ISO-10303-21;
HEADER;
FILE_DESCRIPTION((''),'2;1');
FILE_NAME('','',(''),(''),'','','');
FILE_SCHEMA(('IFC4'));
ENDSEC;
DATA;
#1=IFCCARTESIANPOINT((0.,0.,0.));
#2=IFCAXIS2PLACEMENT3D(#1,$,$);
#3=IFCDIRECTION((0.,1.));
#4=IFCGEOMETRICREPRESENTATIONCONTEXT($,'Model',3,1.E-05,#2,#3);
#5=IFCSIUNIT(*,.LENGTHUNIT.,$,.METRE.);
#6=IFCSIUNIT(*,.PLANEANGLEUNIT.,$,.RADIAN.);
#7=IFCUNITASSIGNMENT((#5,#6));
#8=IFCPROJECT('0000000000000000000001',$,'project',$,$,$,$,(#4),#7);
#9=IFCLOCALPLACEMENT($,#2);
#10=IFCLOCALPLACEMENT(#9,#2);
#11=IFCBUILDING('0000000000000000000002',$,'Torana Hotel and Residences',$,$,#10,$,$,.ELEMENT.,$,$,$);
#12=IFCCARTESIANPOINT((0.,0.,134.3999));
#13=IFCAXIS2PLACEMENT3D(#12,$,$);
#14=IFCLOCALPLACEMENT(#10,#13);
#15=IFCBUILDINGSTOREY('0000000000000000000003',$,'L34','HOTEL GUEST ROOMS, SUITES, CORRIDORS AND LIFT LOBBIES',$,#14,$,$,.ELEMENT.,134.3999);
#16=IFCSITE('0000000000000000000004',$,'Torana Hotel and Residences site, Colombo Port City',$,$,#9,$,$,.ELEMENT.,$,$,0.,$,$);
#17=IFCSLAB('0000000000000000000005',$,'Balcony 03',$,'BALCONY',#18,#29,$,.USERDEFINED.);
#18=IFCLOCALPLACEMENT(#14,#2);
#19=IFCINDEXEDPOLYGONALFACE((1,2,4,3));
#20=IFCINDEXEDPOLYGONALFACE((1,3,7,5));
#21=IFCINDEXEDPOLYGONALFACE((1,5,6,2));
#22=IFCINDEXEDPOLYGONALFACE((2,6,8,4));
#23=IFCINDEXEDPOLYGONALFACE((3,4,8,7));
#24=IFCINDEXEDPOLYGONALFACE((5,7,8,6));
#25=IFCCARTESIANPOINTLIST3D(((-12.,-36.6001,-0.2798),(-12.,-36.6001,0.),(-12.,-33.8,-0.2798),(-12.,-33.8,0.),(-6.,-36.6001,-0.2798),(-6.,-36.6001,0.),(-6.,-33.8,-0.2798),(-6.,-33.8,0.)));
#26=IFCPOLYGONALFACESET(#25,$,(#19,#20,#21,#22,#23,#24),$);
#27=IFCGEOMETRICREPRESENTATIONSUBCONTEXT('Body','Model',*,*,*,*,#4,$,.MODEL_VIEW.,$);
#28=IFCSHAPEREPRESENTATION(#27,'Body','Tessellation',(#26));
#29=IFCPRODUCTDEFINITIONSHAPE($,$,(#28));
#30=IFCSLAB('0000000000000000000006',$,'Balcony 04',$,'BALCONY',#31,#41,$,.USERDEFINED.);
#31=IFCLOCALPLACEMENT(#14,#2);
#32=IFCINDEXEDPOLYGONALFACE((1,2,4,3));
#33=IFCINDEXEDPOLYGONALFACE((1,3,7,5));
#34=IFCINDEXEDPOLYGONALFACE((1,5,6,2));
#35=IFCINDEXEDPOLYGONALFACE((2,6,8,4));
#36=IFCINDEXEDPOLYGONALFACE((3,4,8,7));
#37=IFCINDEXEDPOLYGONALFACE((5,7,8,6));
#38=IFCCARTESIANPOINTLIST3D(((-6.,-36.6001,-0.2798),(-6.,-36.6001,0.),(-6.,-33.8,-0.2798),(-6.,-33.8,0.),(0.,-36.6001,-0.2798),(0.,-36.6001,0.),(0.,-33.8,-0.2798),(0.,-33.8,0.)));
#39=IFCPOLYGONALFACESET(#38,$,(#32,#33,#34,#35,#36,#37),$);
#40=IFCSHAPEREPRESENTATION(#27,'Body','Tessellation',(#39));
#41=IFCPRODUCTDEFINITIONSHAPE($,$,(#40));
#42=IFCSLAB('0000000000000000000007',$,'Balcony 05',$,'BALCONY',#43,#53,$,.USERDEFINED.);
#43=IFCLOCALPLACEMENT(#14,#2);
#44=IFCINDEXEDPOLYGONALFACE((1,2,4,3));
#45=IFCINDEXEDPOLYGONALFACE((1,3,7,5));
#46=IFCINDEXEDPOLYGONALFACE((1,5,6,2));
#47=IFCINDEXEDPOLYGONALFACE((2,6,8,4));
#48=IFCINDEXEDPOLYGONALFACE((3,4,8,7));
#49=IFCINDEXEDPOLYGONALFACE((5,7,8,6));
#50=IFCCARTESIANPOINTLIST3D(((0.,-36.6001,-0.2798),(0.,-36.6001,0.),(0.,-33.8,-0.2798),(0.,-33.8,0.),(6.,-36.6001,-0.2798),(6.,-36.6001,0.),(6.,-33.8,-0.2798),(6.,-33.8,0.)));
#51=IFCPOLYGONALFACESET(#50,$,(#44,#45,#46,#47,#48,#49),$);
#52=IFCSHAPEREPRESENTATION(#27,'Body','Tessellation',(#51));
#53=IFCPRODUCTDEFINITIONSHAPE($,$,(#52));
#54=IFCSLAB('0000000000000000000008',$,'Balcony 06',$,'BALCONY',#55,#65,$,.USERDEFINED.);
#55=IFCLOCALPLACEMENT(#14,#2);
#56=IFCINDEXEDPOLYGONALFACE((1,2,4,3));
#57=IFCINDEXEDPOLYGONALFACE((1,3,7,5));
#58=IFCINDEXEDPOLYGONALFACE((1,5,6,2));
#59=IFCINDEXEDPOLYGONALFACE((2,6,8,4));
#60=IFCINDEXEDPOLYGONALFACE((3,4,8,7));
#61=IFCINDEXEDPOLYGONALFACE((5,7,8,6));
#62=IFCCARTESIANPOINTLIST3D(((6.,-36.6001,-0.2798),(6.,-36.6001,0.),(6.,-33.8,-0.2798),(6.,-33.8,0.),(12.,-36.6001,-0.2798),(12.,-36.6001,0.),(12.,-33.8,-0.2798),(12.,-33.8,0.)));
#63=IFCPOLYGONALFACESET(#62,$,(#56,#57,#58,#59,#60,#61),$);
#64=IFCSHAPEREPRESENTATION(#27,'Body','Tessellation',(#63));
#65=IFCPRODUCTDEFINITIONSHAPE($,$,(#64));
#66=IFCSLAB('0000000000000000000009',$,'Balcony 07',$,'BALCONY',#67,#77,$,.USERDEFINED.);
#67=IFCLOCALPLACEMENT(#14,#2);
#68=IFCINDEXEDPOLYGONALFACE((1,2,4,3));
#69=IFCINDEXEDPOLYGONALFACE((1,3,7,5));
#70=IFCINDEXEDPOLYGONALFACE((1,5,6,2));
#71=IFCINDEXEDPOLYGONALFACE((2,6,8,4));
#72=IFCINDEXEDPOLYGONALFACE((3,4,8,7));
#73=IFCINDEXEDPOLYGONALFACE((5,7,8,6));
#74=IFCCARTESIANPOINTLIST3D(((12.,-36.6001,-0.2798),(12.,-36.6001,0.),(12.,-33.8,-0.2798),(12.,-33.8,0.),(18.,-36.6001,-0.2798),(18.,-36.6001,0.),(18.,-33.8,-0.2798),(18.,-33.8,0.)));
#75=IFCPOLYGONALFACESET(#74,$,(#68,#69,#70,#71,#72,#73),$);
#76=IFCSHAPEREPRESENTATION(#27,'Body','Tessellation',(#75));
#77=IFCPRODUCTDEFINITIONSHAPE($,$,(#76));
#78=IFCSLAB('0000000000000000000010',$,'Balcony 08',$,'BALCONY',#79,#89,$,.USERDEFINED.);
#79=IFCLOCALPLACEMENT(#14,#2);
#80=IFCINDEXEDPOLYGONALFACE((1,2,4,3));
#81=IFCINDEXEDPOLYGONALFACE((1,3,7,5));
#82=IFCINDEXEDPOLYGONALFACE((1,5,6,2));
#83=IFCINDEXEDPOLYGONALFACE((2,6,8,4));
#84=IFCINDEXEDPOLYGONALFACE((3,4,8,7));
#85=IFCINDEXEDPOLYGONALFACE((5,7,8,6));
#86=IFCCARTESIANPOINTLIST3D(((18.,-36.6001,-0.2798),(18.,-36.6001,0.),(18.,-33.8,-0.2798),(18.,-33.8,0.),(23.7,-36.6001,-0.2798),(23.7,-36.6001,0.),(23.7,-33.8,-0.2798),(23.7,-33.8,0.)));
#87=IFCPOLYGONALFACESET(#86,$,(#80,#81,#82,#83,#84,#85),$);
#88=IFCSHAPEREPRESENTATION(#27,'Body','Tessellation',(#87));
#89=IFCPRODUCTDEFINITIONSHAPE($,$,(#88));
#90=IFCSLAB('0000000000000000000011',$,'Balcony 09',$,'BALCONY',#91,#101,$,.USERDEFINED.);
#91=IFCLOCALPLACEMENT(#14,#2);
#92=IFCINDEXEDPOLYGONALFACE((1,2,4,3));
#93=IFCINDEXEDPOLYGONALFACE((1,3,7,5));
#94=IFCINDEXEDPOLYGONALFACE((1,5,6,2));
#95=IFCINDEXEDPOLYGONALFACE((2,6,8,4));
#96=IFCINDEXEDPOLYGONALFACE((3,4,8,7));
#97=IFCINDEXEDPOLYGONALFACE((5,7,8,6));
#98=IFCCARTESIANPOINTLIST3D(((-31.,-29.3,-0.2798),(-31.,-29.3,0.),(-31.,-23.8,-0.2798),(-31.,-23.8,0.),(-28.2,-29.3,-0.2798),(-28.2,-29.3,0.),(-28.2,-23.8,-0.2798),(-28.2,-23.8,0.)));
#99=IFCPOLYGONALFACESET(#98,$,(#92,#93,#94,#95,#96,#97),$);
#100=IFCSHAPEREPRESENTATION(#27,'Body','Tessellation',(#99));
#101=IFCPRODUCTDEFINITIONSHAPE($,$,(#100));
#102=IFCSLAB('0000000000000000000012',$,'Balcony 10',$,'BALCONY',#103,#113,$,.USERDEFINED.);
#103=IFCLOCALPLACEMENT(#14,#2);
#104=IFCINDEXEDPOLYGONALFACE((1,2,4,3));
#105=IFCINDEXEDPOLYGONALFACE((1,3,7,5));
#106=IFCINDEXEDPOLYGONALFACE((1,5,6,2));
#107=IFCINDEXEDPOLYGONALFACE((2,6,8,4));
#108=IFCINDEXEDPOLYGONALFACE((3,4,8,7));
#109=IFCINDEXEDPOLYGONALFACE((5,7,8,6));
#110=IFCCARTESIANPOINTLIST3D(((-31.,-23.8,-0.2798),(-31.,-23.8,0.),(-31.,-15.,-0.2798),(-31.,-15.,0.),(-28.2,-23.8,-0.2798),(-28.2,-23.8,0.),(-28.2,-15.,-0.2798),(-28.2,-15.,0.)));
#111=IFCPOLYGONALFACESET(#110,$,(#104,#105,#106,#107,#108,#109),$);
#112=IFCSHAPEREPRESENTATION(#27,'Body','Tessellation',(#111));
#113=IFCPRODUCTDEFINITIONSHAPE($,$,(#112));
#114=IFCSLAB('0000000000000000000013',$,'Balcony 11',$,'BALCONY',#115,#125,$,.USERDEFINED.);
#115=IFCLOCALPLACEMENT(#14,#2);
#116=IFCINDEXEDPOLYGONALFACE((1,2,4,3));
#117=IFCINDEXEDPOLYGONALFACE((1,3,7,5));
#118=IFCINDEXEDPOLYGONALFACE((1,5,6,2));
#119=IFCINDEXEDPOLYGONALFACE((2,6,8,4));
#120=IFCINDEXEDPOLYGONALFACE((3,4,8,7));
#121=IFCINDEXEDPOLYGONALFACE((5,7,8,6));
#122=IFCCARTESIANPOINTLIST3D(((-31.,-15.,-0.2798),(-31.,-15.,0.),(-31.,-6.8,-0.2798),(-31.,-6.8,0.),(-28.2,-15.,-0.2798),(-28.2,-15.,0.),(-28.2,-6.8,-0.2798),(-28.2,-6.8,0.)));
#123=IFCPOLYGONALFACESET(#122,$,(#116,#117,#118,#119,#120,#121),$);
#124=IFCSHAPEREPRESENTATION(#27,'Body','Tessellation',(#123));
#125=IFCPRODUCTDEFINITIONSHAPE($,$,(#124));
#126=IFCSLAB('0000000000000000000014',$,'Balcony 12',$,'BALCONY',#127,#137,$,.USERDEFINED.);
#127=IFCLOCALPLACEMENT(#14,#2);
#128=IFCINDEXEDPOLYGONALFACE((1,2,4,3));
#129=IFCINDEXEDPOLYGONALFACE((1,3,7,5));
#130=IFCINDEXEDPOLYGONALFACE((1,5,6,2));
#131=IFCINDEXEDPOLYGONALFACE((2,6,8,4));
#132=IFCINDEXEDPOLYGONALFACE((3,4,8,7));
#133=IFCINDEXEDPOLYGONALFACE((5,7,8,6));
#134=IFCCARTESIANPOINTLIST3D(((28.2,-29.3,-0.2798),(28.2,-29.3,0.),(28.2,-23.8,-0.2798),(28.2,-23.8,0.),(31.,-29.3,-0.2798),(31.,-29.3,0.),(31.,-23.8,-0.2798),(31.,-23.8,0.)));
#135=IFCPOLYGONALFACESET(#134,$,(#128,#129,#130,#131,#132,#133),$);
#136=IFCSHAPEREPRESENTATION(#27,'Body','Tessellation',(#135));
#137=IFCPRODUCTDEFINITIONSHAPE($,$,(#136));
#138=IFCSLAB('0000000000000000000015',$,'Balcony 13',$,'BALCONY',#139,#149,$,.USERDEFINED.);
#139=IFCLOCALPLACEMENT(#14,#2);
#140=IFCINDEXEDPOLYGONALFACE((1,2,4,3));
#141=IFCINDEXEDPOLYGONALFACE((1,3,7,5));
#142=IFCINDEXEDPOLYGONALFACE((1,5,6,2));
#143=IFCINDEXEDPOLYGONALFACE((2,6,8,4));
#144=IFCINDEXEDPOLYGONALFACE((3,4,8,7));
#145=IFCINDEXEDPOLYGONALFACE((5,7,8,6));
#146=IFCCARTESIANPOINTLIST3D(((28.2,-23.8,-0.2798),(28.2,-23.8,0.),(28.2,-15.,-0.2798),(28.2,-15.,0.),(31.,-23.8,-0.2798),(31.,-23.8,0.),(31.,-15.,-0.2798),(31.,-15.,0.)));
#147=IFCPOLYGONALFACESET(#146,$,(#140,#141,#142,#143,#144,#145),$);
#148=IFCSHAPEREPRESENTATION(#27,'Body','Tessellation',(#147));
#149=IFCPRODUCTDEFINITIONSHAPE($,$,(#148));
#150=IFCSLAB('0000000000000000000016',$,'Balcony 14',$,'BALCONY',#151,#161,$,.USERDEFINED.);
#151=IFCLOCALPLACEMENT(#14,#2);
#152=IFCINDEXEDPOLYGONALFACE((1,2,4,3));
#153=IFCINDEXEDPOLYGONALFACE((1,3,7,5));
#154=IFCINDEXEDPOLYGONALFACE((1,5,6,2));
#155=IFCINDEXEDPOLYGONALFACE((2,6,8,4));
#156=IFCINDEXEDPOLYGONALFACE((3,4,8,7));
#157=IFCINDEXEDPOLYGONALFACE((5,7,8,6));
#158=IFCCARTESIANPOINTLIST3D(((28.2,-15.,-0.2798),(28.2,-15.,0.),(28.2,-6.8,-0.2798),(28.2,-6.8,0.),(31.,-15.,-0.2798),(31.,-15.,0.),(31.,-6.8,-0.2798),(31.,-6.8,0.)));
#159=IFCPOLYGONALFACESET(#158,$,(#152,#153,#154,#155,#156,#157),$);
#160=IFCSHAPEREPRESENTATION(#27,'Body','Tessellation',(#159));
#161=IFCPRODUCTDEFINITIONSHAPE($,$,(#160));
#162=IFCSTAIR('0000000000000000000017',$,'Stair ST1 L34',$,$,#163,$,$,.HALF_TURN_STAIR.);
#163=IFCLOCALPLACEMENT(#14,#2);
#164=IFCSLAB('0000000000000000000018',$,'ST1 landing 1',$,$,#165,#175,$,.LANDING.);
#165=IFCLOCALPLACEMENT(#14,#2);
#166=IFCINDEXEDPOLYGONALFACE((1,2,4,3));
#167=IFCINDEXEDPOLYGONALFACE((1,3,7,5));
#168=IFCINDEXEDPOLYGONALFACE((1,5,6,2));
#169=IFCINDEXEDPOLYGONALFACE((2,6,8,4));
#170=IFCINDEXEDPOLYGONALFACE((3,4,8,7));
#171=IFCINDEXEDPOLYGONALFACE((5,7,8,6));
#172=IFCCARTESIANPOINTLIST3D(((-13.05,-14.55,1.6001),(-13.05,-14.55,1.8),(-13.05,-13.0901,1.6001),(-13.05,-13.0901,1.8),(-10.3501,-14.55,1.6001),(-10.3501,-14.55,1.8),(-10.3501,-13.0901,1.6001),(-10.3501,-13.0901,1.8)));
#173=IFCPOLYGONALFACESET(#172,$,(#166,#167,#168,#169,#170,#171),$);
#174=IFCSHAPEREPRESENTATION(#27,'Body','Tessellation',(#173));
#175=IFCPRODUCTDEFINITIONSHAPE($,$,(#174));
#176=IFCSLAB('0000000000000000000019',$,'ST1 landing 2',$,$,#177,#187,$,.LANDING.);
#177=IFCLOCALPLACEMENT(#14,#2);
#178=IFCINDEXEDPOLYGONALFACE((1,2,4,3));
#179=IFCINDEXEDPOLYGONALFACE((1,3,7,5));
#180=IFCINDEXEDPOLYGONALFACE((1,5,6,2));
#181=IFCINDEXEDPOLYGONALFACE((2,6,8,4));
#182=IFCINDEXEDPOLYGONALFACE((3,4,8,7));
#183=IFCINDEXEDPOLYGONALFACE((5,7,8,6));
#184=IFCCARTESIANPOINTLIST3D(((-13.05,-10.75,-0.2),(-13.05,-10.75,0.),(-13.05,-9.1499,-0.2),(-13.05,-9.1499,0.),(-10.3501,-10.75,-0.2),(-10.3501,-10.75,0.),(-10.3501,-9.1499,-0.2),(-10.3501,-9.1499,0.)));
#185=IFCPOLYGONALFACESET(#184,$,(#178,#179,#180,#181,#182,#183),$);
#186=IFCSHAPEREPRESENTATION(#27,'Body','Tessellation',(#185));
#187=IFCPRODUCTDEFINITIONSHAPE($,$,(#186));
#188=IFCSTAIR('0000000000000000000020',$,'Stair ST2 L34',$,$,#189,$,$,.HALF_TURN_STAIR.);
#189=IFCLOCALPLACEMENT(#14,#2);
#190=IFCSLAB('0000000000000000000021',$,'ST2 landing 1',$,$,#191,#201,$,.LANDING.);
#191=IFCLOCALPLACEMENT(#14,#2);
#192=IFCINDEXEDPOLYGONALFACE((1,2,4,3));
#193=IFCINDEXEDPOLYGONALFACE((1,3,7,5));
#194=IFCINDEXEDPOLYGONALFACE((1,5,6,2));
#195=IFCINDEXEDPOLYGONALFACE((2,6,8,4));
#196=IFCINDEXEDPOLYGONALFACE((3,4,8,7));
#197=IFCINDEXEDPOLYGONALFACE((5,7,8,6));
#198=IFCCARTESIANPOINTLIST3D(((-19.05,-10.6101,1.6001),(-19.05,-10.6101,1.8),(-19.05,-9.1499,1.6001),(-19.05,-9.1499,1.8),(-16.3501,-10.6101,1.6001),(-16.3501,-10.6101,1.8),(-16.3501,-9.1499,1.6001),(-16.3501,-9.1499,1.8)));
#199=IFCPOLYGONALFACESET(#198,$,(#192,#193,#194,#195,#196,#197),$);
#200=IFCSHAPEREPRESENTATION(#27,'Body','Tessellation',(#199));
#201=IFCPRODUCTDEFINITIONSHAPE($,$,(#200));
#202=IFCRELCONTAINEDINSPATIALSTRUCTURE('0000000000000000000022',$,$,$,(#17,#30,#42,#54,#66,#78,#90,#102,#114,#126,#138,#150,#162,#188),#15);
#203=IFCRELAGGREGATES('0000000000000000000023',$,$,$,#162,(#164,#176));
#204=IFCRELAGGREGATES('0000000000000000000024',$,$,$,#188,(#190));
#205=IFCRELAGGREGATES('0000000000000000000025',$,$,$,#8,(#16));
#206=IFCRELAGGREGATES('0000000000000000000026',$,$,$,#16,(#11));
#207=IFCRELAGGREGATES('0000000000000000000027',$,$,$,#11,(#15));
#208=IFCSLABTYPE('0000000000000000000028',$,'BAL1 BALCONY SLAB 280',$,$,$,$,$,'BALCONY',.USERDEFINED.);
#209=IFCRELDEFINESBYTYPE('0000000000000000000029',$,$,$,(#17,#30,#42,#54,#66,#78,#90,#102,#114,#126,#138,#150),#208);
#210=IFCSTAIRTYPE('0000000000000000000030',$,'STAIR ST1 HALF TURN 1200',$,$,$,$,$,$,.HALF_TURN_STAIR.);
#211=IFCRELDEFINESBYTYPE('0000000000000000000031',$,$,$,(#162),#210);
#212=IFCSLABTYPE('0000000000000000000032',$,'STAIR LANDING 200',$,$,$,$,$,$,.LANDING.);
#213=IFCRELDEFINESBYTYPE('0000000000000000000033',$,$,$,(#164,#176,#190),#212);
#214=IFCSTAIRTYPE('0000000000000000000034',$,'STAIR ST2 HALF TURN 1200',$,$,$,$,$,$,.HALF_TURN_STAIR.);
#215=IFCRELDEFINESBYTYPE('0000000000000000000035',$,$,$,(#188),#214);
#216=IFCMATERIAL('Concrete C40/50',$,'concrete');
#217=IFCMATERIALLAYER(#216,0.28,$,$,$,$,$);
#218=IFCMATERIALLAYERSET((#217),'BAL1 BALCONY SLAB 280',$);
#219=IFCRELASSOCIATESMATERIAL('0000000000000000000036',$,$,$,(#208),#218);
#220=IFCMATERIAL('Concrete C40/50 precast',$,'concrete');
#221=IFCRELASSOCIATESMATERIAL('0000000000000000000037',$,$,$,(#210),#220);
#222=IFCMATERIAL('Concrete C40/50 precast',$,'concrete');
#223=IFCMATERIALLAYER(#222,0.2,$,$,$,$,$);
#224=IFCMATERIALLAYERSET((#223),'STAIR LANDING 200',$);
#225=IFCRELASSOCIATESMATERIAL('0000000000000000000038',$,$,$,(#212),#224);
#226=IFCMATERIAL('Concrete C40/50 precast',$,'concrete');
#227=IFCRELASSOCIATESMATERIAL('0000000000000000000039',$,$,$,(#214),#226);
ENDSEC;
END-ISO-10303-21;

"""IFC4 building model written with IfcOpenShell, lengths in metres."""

from ifc_helpers import new_model, si_unit, direction, frame, origin, place, context, subcontext, project, spatial, polyline, outline, extrude, material, layer, layer_set, type_object, element, aggregate, save


model = new_model("IFC4")

# Units and contexts
model_context = context("Model", 3, precision=1e-05, world=origin(), true_north=direction((0.0, 1.0)))
body_context = subcontext(model_context, "Body", "Model", "MODEL_VIEW")
ifc_project = project(units=[si_unit("LENGTHUNIT", "METRE"), si_unit("PLANEANGLEUNIT", "RADIAN")], contexts=[model_context])

# Site, building, storey
site_placement = place(None, origin())
site = spatial("IfcSite", under=ifc_project, at=site_placement, Name="Torana Hotel and Residences site, Colombo Port City", CompositionType="ELEMENT", RefElevation=0.0)
building_placement = place(site_placement, origin())
building = spatial("IfcBuilding", under=site, at=building_placement, Name="Torana Hotel and Residences", CompositionType="ELEMENT")
storey_placement = place(building_placement, frame((0.0, 0.0, 134.3999)))
storey = spatial("IfcBuildingStorey", under=building, at=storey_placement, Name="L34", Description="HOTEL GUEST ROOMS, SUITES, CORRIDORS AND LIFT LOBBIES", CompositionType="ELEMENT", Elevation=134.3999)

# Slabs
ifc_material_1 = material(Name="Concrete C40/50", Category="concrete")
ifc_layer_1 = layer(ifc_material_1, 0.28)
ifc_layer_set_1 = layer_set([ifc_layer_1], Name="BAL1 BALCONY SLAB 280")
slab_type_1 = type_object("IfcSlabType", Name="BAL1 BALCONY SLAB 280", ElementType="BALCONY", PredefinedType="USERDEFINED", material=ifc_layer_set_1)
slab_1_placement = place(storey_placement, frame((0.0, 0.0, -0.2798)))
element("IfcSlab", 1, at=slab_1_placement, inside=storey, type_object=slab_type_1, Name="Balcony 03", ObjectType="BALCONY", PredefinedType="USERDEFINED", context=body_context, shape_type="SweptSolid", body=[
    extrude(outline(polyline([(-12.0, -36.6001), (-6.0, -36.6001), (-6.0, -33.8), (-12.0, -33.8), (-12.0, -36.6001)])), origin(), (0.0, 0.0, 1.0), 0.2798),
])
slab_2_placement = place(storey_placement, frame((0.0, 0.0, -0.2798)))
element("IfcSlab", 2, at=slab_2_placement, inside=storey, type_object=slab_type_1, Name="Balcony 04", ObjectType="BALCONY", PredefinedType="USERDEFINED", context=body_context, shape_type="SweptSolid", body=[
    extrude(outline(polyline([(-6.0, -36.6001), (0.0, -36.6001), (0.0, -33.8), (-6.0, -33.8), (-6.0, -36.6001)])), origin(), (0.0, 0.0, 1.0), 0.2798),
])
slab_3_placement = place(storey_placement, frame((0.0, 0.0, -0.2798)))
element("IfcSlab", 3, at=slab_3_placement, inside=storey, type_object=slab_type_1, Name="Balcony 05", ObjectType="BALCONY", PredefinedType="USERDEFINED", context=body_context, shape_type="SweptSolid", body=[
    extrude(outline(polyline([(0.0, -36.6001), (6.0, -36.6001), (6.0, -33.8), (0.0, -33.8), (0.0, -36.6001)])), origin(), (0.0, 0.0, 1.0), 0.2798),
])
slab_4_placement = place(storey_placement, frame((0.0, 0.0, -0.2798)))
element("IfcSlab", 4, at=slab_4_placement, inside=storey, type_object=slab_type_1, Name="Balcony 06", ObjectType="BALCONY", PredefinedType="USERDEFINED", context=body_context, shape_type="SweptSolid", body=[
    extrude(outline(polyline([(6.0, -36.6001), (12.0, -36.6001), (12.0, -33.8), (6.0, -33.8), (6.0, -36.6001)])), origin(), (0.0, 0.0, 1.0), 0.2798),
])
slab_5_placement = place(storey_placement, frame((0.0, 0.0, -0.2798)))
element("IfcSlab", 5, at=slab_5_placement, inside=storey, type_object=slab_type_1, Name="Balcony 07", ObjectType="BALCONY", PredefinedType="USERDEFINED", context=body_context, shape_type="SweptSolid", body=[
    extrude(outline(polyline([(12.0, -36.6001), (18.0, -36.6001), (18.0, -33.8), (12.0, -33.8), (12.0, -36.6001)])), origin(), (0.0, 0.0, 1.0), 0.2798),
])
slab_6_placement = place(storey_placement, frame((0.0, 0.0, -0.2798)))
element("IfcSlab", 6, at=slab_6_placement, inside=storey, type_object=slab_type_1, Name="Balcony 08", ObjectType="BALCONY", PredefinedType="USERDEFINED", context=body_context, shape_type="SweptSolid", body=[
    extrude(outline(polyline([(18.0, -36.6001), (23.7, -36.6001), (23.7, -33.8), (18.0, -33.8), (18.0, -36.6001)])), origin(), (0.0, 0.0, 1.0), 0.2798),
])
slab_7_placement = place(storey_placement, frame((0.0, 0.0, -0.2798)))
element("IfcSlab", 7, at=slab_7_placement, inside=storey, type_object=slab_type_1, Name="Balcony 09", ObjectType="BALCONY", PredefinedType="USERDEFINED", context=body_context, shape_type="SweptSolid", body=[
    extrude(outline(polyline([(-31.0, -29.3), (-28.2, -29.3), (-28.2, -23.8), (-31.0, -23.8), (-31.0, -29.3)])), origin(), (0.0, 0.0, 1.0), 0.2798),
])
slab_8_placement = place(storey_placement, frame((0.0, 0.0, -0.2798)))
element("IfcSlab", 8, at=slab_8_placement, inside=storey, type_object=slab_type_1, Name="Balcony 10", ObjectType="BALCONY", PredefinedType="USERDEFINED", context=body_context, shape_type="SweptSolid", body=[
    extrude(outline(polyline([(-31.0, -23.8), (-28.2, -23.8), (-28.2, -15.0), (-31.0, -15.0), (-31.0, -23.8)])), origin(), (0.0, 0.0, 1.0), 0.2798),
])
slab_9_placement = place(storey_placement, frame((0.0, 0.0, -0.2798)))
element("IfcSlab", 9, at=slab_9_placement, inside=storey, type_object=slab_type_1, Name="Balcony 11", ObjectType="BALCONY", PredefinedType="USERDEFINED", context=body_context, shape_type="SweptSolid", body=[
    extrude(outline(polyline([(-31.0, -15.0), (-28.2, -15.0), (-28.2, -6.8), (-31.0, -6.8), (-31.0, -15.0)])), origin(), (0.0, 0.0, 1.0), 0.2798),
])
slab_10_placement = place(storey_placement, frame((0.0, 0.0, -0.2798)))
element("IfcSlab", 10, at=slab_10_placement, inside=storey, type_object=slab_type_1, Name="Balcony 12", ObjectType="BALCONY", PredefinedType="USERDEFINED", context=body_context, shape_type="SweptSolid", body=[
    extrude(outline(polyline([(28.2, -29.3), (31.0, -29.3), (31.0, -23.8), (28.2, -23.8), (28.2, -29.3)])), origin(), (0.0, 0.0, 1.0), 0.2798),
])
slab_11_placement = place(storey_placement, frame((0.0, 0.0, -0.2798)))
element("IfcSlab", 11, at=slab_11_placement, inside=storey, type_object=slab_type_1, Name="Balcony 13", ObjectType="BALCONY", PredefinedType="USERDEFINED", context=body_context, shape_type="SweptSolid", body=[
    extrude(outline(polyline([(28.2, -23.8), (31.0, -23.8), (31.0, -15.0), (28.2, -15.0), (28.2, -23.8)])), origin(), (0.0, 0.0, 1.0), 0.2798),
])
slab_12_placement = place(storey_placement, frame((0.0, 0.0, -0.2798)))
element("IfcSlab", 12, at=slab_12_placement, inside=storey, type_object=slab_type_1, Name="Balcony 14", ObjectType="BALCONY", PredefinedType="USERDEFINED", context=body_context, shape_type="SweptSolid", body=[
    extrude(outline(polyline([(28.2, -15.0), (31.0, -15.0), (31.0, -6.8), (28.2, -6.8), (28.2, -15.0)])), origin(), (0.0, 0.0, 1.0), 0.2798),
])

# Stairs, slabs
ifc_material_2 = material(Name="Concrete C40/50 precast", Category="concrete")
stair_type_1 = type_object("IfcStairType", Name="STAIR ST1 HALF TURN 1200", PredefinedType="HALF_TURN_STAIR", material=ifc_material_2)
stair_1_placement = place(storey_placement, origin())
stair_1 = element("IfcStair", 13, at=stair_1_placement, inside=storey, type_object=stair_type_1, Name="Stair ST1 L34", PredefinedType="HALF_TURN_STAIR")
ifc_material_3 = material(Name="Concrete C40/50 precast", Category="concrete")
ifc_layer_2 = layer(ifc_material_3, 0.2)
ifc_layer_set_2 = layer_set([ifc_layer_2], Name="STAIR LANDING 200")
slab_type_2 = type_object("IfcSlabType", Name="STAIR LANDING 200", PredefinedType="LANDING", material=ifc_layer_set_2)
slab_13_placement = place(storey_placement, frame((0.0, 0.0, 1.6001)))
slab_13 = element("IfcSlab", 14, at=slab_13_placement, type_object=slab_type_2, Name="ST1 landing 1", PredefinedType="LANDING", context=body_context, shape_type="SweptSolid", body=[
    extrude(outline(polyline([(-13.05, -14.55), (-10.3501, -14.55), (-10.3501, -13.0901), (-13.05, -13.0901), (-13.05, -14.55)])), origin(), (0.0, 0.0, 1.0), 0.2),
])
slab_14_placement = place(storey_placement, frame((0.0, 0.0, -0.2)))
slab_14 = element("IfcSlab", 15, at=slab_14_placement, type_object=slab_type_2, Name="ST1 landing 2", PredefinedType="LANDING", context=body_context, shape_type="SweptSolid", body=[
    extrude(outline(polyline([(-13.05, -10.75), (-10.3501, -10.75), (-10.3501, -9.1499), (-13.05, -9.1499), (-13.05, -10.75)])), origin(), (0.0, 0.0, 1.0), 0.2),
])
aggregate(stair_1, [slab_13, slab_14])
ifc_material_4 = material(Name="Concrete C40/50 precast", Category="concrete")
stair_type_2 = type_object("IfcStairType", Name="STAIR ST2 HALF TURN 1200", PredefinedType="HALF_TURN_STAIR", material=ifc_material_4)
stair_2_placement = place(storey_placement, origin())
stair_2 = element("IfcStair", 16, at=stair_2_placement, inside=storey, type_object=stair_type_2, Name="Stair ST2 L34", PredefinedType="HALF_TURN_STAIR")
slab_15_placement = place(storey_placement, frame((0.0, 0.0, 1.6001)))
slab_15 = element("IfcSlab", 17, at=slab_15_placement, type_object=slab_type_2, Name="ST2 landing 1", PredefinedType="LANDING", context=body_context, shape_type="SweptSolid", body=[
    extrude(outline(polyline([(-19.05, -10.6101), (-16.3501, -10.6101), (-16.3501, -9.1499), (-19.05, -9.1499), (-19.05, -10.6101)])), origin(), (0.0, 0.0, 1.0), 0.2),
])
aggregate(stair_2, [slab_15])

save(model, "model.ifc")
